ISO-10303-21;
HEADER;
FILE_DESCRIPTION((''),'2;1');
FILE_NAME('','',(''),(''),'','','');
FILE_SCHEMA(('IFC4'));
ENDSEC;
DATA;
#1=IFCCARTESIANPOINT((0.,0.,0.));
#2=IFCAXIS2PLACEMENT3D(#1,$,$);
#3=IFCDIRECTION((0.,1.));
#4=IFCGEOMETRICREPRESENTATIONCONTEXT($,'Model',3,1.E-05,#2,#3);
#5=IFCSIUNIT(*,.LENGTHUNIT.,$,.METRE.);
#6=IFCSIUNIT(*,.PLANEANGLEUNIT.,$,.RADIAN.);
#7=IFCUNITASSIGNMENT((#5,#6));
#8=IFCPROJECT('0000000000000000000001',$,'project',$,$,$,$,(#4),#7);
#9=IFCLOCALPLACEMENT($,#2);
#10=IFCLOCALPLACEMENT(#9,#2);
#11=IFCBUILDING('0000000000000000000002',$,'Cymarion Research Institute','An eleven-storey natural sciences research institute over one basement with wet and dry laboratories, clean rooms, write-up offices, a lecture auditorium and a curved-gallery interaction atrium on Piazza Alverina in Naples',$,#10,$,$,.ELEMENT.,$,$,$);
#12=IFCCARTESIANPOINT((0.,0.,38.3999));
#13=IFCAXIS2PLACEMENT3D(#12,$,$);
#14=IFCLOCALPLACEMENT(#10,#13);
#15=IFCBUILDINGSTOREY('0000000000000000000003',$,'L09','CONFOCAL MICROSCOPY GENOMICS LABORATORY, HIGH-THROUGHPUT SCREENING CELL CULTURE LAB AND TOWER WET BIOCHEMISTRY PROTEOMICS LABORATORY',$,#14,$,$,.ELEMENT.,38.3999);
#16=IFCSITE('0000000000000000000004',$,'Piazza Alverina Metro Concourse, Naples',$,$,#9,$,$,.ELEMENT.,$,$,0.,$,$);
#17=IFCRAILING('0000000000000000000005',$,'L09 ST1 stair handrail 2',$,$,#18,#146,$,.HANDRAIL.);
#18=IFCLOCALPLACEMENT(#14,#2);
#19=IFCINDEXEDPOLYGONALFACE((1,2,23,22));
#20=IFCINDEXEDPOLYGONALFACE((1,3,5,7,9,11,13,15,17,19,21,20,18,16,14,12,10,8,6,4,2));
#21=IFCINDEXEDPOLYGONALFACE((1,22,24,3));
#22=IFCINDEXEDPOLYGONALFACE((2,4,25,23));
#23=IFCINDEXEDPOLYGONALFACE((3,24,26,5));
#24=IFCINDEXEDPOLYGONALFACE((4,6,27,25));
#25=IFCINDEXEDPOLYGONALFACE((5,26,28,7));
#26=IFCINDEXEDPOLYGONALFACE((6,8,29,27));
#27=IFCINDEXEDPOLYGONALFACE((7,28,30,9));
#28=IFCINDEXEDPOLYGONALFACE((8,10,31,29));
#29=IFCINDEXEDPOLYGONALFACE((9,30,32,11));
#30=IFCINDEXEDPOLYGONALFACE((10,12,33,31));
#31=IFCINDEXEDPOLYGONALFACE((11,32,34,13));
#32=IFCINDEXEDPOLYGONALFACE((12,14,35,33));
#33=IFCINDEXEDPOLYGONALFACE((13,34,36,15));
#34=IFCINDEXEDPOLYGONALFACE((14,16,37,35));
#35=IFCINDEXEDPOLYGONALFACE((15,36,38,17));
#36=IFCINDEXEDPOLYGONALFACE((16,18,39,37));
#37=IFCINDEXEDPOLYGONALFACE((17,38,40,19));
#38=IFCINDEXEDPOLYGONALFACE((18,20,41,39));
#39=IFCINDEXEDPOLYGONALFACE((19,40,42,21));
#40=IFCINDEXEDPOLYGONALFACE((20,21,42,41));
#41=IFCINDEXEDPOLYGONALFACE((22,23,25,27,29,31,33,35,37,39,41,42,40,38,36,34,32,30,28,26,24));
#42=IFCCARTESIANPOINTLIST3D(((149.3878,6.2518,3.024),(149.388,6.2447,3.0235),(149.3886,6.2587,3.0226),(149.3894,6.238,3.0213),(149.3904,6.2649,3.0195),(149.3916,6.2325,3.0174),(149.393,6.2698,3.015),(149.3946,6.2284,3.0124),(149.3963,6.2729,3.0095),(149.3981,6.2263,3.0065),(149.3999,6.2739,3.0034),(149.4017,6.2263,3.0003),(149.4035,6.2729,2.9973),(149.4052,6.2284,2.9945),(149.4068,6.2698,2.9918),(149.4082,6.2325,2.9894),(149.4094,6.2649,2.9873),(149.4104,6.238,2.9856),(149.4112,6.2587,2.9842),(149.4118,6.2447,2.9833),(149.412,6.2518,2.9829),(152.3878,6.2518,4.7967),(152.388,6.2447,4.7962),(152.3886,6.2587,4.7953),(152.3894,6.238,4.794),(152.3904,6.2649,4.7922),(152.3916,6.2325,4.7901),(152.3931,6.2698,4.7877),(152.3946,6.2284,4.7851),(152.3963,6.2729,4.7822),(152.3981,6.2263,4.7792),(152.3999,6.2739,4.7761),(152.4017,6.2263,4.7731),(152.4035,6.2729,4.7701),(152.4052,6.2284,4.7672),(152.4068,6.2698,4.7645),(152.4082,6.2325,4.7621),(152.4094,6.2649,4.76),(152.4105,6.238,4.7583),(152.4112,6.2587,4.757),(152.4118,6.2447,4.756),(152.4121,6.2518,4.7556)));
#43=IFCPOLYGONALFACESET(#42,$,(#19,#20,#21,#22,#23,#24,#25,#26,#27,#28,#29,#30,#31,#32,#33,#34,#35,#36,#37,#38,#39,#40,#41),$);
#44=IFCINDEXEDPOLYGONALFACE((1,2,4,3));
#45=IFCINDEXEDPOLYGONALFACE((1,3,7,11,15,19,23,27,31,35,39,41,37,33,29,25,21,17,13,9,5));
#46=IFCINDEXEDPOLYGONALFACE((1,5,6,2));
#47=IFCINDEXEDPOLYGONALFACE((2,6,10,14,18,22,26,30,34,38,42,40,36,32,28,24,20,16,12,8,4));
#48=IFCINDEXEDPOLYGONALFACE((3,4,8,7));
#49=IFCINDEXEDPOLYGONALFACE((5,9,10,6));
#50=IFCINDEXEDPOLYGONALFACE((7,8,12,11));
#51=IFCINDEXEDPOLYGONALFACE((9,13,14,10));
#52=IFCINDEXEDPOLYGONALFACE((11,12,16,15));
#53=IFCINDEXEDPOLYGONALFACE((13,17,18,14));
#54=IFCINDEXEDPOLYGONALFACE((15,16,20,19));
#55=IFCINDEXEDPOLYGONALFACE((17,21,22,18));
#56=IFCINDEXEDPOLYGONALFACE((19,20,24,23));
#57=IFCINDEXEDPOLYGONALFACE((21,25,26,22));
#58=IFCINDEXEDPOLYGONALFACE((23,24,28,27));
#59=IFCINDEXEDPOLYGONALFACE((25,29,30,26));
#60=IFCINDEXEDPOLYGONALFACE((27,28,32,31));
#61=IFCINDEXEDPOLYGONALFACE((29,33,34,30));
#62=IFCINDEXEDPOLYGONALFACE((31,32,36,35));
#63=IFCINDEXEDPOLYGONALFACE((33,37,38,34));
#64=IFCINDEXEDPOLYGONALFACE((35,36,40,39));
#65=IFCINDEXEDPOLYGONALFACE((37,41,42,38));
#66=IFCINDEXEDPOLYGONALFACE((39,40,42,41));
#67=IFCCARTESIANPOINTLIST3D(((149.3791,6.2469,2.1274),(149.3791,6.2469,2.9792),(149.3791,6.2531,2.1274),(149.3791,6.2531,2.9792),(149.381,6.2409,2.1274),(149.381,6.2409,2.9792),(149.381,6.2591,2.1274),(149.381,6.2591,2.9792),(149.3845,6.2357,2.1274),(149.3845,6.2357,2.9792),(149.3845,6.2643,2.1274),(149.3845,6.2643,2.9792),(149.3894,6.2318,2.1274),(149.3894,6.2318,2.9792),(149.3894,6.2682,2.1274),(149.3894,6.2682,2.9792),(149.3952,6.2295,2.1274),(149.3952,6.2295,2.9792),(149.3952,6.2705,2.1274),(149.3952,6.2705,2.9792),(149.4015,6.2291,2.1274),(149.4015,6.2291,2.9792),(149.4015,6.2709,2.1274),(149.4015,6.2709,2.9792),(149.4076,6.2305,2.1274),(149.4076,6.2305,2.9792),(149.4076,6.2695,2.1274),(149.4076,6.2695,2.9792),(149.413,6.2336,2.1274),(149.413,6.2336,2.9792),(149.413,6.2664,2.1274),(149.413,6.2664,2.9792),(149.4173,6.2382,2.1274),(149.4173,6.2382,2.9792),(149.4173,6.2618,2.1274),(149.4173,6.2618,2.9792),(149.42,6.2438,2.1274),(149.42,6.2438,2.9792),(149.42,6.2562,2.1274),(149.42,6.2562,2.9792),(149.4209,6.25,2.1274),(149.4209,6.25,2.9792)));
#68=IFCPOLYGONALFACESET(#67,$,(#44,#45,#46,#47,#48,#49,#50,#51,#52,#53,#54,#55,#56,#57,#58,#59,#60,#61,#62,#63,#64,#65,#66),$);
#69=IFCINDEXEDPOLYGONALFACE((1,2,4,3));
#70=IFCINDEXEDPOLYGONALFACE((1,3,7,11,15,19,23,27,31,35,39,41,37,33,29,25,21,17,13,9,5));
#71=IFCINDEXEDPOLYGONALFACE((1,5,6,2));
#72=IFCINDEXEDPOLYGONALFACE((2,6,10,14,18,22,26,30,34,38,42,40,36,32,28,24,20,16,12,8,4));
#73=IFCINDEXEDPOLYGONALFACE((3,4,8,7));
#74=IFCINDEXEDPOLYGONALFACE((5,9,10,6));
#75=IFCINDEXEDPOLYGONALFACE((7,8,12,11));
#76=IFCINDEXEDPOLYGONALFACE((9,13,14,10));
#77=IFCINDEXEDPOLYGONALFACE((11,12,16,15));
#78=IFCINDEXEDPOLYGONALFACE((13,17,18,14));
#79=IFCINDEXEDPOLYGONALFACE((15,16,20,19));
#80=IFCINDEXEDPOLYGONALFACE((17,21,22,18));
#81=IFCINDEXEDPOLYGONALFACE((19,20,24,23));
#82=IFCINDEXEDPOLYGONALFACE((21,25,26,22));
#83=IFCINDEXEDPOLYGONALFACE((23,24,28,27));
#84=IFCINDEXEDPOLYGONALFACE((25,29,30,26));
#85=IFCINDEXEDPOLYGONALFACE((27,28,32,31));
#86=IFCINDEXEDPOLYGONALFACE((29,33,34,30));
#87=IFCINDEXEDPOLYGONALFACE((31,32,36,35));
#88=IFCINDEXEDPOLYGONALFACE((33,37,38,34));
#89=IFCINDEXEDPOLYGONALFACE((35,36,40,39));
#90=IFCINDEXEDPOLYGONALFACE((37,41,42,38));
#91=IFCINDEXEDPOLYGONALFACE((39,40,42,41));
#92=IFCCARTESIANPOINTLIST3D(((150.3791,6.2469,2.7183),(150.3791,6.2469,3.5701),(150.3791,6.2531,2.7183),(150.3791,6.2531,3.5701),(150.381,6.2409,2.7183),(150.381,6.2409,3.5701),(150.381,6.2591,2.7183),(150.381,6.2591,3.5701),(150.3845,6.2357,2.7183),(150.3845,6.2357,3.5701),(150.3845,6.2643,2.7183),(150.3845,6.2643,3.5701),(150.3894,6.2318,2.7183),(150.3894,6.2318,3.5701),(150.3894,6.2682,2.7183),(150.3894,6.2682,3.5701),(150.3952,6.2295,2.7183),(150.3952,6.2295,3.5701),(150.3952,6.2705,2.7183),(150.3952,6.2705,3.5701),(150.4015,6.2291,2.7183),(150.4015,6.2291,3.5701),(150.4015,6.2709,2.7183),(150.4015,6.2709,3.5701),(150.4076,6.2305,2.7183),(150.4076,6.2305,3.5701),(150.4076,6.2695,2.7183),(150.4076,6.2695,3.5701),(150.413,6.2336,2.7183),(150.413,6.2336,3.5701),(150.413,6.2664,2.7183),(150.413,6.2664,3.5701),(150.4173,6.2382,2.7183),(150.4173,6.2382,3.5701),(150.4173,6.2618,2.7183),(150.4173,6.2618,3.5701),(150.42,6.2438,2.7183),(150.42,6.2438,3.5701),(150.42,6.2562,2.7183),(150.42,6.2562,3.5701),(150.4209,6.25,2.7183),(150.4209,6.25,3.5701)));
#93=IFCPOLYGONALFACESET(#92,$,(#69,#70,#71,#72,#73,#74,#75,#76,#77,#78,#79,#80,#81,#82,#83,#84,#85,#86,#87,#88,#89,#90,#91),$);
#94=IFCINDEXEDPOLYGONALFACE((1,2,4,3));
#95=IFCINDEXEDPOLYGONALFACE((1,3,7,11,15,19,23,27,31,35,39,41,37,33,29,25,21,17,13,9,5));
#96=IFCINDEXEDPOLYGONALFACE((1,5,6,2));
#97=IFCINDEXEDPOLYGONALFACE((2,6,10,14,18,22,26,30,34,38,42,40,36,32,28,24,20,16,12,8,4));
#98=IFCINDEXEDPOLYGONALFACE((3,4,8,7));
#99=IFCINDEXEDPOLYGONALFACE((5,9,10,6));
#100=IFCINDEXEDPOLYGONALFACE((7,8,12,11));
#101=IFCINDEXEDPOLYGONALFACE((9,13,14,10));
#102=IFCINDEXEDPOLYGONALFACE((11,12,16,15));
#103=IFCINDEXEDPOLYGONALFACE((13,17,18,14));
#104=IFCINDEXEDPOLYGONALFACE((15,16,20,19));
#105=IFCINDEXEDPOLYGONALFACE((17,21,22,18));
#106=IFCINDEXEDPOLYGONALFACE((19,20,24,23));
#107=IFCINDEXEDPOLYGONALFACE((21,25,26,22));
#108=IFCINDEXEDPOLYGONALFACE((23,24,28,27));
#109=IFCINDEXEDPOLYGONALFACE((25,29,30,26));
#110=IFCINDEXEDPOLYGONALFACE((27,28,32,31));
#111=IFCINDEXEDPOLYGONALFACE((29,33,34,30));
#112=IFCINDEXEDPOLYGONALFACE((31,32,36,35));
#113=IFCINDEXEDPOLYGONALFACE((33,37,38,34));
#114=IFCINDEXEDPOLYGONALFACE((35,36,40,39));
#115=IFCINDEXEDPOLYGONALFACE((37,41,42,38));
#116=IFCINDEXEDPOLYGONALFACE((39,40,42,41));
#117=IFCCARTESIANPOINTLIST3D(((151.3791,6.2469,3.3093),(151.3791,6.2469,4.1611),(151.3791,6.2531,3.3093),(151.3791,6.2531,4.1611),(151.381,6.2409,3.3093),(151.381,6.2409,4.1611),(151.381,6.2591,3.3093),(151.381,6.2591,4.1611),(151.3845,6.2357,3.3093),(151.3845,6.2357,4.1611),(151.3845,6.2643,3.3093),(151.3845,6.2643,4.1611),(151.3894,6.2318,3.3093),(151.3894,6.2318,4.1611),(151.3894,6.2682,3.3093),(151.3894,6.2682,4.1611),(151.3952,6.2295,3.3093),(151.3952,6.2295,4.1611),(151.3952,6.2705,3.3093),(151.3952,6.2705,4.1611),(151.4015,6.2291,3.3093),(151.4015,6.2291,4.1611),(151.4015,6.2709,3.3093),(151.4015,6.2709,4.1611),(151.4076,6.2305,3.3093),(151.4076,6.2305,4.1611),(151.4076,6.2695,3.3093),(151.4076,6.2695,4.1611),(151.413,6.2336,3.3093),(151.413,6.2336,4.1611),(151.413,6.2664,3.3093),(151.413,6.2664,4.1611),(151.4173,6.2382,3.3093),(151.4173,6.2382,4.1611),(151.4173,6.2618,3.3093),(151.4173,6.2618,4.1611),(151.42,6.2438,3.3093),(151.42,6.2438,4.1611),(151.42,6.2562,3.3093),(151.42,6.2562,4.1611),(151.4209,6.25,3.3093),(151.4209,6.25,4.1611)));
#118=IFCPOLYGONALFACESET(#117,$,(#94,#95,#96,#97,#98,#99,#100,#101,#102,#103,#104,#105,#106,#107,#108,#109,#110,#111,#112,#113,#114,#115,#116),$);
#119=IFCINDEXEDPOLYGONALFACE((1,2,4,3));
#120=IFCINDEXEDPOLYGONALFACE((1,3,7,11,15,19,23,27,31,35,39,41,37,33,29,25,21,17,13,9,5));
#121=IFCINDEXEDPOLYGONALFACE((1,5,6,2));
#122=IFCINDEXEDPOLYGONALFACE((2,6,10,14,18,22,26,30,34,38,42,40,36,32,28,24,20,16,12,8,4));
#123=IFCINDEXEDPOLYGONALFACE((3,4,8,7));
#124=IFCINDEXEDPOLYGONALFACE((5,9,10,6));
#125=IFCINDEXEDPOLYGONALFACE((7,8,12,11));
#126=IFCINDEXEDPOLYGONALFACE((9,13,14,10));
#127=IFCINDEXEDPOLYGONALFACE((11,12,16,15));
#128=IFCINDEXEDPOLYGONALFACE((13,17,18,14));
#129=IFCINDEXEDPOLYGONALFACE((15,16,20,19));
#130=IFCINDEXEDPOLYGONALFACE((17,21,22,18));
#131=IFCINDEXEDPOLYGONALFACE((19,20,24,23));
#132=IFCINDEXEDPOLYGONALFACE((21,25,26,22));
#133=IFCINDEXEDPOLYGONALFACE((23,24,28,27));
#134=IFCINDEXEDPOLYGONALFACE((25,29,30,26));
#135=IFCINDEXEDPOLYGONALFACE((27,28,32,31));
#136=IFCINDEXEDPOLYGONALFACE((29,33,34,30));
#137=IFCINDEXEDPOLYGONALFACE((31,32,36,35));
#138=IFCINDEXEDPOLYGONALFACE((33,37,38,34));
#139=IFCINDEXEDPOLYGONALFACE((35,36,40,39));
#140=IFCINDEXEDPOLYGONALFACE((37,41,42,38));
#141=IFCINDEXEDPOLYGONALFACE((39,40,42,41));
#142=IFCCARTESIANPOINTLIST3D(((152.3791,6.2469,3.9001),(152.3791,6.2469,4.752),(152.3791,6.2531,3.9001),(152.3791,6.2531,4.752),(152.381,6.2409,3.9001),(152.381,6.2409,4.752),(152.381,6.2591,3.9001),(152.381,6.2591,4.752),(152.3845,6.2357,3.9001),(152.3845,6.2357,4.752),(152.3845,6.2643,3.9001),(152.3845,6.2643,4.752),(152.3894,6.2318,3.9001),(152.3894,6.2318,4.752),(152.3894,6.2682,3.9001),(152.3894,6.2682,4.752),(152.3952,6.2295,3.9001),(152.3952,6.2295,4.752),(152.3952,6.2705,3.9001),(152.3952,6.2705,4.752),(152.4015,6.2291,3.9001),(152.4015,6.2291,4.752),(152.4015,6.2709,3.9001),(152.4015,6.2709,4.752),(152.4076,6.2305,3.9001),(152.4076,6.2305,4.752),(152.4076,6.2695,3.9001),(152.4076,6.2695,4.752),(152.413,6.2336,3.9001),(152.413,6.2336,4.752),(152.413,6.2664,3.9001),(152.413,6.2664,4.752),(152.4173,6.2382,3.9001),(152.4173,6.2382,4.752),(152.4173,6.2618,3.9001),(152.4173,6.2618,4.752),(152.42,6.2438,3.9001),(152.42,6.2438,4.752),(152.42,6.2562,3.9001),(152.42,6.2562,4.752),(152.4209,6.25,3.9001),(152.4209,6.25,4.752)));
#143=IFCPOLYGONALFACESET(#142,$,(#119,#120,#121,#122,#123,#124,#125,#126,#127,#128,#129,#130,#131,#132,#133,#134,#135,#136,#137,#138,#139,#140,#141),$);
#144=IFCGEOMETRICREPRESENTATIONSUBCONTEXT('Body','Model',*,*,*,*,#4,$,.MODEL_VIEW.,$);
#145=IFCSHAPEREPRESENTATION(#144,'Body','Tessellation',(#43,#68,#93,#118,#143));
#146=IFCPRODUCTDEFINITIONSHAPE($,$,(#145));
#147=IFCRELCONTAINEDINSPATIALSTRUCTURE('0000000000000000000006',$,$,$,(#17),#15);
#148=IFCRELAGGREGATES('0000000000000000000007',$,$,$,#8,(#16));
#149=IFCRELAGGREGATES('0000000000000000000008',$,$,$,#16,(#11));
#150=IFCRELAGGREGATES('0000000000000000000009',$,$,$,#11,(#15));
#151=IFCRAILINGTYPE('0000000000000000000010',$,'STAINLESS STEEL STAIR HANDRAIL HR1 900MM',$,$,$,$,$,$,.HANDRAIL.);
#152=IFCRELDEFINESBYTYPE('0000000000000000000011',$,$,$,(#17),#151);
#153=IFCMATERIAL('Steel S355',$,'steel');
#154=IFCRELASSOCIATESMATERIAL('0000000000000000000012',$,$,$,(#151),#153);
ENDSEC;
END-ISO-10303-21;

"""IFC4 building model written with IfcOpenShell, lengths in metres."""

from ifc_helpers import new_model, si_unit, direction, frame, origin, origin_2d, place, context, subcontext, project, spatial, circle, extrude, material, type_object, element, save


model = new_model("IFC4")

# Units and contexts
model_context = context("Model", 3, precision=1e-05, world=origin(), true_north=direction((0.0, 1.0)))
body_context = subcontext(model_context, "Body", "Model", "MODEL_VIEW")
ifc_project = project(units=[si_unit("LENGTHUNIT", "METRE"), si_unit("PLANEANGLEUNIT", "RADIAN")], contexts=[model_context])

# Site, building, storey
site_placement = place(None, origin())
site = spatial("IfcSite", under=ifc_project, at=site_placement, Name="Piazza Alverina Metro Concourse, Naples", CompositionType="ELEMENT", RefElevation=0.0)
building_placement = place(site_placement, origin())
building = spatial("IfcBuilding", under=site, at=building_placement, Name="Cymarion Research Institute", Description="An eleven-storey natural sciences research institute over one basement with wet and dry laboratories, clean rooms, write-up offices, a lecture auditorium and a curved-gallery interaction atrium on Piazza Alverina in Naples", CompositionType="ELEMENT")
storey_placement = place(building_placement, frame((0.0, 0.0, 38.3999)))
storey = spatial("IfcBuildingStorey", under=building, at=storey_placement, Name="L09", Description="CONFOCAL MICROSCOPY GENOMICS LABORATORY, HIGH-THROUGHPUT SCREENING CELL CULTURE LAB AND TOWER WET BIOCHEMISTRY PROTEOMICS LABORATORY", CompositionType="ELEMENT", Elevation=38.3999)

# Shared definitions
ifc_material_1 = material(Name="Steel S355", Category="steel")

# Railing
railing_type_1 = type_object("IfcRailingType", Name="STAINLESS STEEL STAIR HANDRAIL HR1 900MM", PredefinedType="HANDRAIL", material=ifc_material_1)
railing_1_placement = place(storey_placement, frame((149.3999, 6.25, 2.1274)))
element("IfcRailing", 1, at=railing_1_placement, inside=storey, type_object=railing_type_1, Name="L09 ST1 stair handrail 2", PredefinedType="HANDRAIL", context=body_context, shape_type="SweptSolid", body=[
    extrude(circle(Radius=0.0239, at=origin_2d()), frame((0.0, 0.0, 0.876), z_axis=(0.860929, 0.0, 0.508725), x_axis=(0.0, 1.0, 0.0)), (0.0, 0.0, 1.0), 3.4846),
    extrude(circle(Radius=0.021, at=origin_2d()), origin(), (0.0, 0.0, 1.0), 0.8518),
    extrude(circle(Radius=0.021, at=origin_2d()), frame((1.0, 0.0, 0.5908)), (0.0, 0.0, 1.0), 0.8518),
    extrude(circle(Radius=0.021, at=origin_2d()), frame((2.0, 0.0, 1.1819)), (0.0, 0.0, 1.0), 0.8518),
    extrude(circle(Radius=0.021, at=origin_2d()), frame((3.0, 0.0, 1.7727)), (0.0, 0.0, 1.0), 0.8518),
])

save(model, "model.ifc")
